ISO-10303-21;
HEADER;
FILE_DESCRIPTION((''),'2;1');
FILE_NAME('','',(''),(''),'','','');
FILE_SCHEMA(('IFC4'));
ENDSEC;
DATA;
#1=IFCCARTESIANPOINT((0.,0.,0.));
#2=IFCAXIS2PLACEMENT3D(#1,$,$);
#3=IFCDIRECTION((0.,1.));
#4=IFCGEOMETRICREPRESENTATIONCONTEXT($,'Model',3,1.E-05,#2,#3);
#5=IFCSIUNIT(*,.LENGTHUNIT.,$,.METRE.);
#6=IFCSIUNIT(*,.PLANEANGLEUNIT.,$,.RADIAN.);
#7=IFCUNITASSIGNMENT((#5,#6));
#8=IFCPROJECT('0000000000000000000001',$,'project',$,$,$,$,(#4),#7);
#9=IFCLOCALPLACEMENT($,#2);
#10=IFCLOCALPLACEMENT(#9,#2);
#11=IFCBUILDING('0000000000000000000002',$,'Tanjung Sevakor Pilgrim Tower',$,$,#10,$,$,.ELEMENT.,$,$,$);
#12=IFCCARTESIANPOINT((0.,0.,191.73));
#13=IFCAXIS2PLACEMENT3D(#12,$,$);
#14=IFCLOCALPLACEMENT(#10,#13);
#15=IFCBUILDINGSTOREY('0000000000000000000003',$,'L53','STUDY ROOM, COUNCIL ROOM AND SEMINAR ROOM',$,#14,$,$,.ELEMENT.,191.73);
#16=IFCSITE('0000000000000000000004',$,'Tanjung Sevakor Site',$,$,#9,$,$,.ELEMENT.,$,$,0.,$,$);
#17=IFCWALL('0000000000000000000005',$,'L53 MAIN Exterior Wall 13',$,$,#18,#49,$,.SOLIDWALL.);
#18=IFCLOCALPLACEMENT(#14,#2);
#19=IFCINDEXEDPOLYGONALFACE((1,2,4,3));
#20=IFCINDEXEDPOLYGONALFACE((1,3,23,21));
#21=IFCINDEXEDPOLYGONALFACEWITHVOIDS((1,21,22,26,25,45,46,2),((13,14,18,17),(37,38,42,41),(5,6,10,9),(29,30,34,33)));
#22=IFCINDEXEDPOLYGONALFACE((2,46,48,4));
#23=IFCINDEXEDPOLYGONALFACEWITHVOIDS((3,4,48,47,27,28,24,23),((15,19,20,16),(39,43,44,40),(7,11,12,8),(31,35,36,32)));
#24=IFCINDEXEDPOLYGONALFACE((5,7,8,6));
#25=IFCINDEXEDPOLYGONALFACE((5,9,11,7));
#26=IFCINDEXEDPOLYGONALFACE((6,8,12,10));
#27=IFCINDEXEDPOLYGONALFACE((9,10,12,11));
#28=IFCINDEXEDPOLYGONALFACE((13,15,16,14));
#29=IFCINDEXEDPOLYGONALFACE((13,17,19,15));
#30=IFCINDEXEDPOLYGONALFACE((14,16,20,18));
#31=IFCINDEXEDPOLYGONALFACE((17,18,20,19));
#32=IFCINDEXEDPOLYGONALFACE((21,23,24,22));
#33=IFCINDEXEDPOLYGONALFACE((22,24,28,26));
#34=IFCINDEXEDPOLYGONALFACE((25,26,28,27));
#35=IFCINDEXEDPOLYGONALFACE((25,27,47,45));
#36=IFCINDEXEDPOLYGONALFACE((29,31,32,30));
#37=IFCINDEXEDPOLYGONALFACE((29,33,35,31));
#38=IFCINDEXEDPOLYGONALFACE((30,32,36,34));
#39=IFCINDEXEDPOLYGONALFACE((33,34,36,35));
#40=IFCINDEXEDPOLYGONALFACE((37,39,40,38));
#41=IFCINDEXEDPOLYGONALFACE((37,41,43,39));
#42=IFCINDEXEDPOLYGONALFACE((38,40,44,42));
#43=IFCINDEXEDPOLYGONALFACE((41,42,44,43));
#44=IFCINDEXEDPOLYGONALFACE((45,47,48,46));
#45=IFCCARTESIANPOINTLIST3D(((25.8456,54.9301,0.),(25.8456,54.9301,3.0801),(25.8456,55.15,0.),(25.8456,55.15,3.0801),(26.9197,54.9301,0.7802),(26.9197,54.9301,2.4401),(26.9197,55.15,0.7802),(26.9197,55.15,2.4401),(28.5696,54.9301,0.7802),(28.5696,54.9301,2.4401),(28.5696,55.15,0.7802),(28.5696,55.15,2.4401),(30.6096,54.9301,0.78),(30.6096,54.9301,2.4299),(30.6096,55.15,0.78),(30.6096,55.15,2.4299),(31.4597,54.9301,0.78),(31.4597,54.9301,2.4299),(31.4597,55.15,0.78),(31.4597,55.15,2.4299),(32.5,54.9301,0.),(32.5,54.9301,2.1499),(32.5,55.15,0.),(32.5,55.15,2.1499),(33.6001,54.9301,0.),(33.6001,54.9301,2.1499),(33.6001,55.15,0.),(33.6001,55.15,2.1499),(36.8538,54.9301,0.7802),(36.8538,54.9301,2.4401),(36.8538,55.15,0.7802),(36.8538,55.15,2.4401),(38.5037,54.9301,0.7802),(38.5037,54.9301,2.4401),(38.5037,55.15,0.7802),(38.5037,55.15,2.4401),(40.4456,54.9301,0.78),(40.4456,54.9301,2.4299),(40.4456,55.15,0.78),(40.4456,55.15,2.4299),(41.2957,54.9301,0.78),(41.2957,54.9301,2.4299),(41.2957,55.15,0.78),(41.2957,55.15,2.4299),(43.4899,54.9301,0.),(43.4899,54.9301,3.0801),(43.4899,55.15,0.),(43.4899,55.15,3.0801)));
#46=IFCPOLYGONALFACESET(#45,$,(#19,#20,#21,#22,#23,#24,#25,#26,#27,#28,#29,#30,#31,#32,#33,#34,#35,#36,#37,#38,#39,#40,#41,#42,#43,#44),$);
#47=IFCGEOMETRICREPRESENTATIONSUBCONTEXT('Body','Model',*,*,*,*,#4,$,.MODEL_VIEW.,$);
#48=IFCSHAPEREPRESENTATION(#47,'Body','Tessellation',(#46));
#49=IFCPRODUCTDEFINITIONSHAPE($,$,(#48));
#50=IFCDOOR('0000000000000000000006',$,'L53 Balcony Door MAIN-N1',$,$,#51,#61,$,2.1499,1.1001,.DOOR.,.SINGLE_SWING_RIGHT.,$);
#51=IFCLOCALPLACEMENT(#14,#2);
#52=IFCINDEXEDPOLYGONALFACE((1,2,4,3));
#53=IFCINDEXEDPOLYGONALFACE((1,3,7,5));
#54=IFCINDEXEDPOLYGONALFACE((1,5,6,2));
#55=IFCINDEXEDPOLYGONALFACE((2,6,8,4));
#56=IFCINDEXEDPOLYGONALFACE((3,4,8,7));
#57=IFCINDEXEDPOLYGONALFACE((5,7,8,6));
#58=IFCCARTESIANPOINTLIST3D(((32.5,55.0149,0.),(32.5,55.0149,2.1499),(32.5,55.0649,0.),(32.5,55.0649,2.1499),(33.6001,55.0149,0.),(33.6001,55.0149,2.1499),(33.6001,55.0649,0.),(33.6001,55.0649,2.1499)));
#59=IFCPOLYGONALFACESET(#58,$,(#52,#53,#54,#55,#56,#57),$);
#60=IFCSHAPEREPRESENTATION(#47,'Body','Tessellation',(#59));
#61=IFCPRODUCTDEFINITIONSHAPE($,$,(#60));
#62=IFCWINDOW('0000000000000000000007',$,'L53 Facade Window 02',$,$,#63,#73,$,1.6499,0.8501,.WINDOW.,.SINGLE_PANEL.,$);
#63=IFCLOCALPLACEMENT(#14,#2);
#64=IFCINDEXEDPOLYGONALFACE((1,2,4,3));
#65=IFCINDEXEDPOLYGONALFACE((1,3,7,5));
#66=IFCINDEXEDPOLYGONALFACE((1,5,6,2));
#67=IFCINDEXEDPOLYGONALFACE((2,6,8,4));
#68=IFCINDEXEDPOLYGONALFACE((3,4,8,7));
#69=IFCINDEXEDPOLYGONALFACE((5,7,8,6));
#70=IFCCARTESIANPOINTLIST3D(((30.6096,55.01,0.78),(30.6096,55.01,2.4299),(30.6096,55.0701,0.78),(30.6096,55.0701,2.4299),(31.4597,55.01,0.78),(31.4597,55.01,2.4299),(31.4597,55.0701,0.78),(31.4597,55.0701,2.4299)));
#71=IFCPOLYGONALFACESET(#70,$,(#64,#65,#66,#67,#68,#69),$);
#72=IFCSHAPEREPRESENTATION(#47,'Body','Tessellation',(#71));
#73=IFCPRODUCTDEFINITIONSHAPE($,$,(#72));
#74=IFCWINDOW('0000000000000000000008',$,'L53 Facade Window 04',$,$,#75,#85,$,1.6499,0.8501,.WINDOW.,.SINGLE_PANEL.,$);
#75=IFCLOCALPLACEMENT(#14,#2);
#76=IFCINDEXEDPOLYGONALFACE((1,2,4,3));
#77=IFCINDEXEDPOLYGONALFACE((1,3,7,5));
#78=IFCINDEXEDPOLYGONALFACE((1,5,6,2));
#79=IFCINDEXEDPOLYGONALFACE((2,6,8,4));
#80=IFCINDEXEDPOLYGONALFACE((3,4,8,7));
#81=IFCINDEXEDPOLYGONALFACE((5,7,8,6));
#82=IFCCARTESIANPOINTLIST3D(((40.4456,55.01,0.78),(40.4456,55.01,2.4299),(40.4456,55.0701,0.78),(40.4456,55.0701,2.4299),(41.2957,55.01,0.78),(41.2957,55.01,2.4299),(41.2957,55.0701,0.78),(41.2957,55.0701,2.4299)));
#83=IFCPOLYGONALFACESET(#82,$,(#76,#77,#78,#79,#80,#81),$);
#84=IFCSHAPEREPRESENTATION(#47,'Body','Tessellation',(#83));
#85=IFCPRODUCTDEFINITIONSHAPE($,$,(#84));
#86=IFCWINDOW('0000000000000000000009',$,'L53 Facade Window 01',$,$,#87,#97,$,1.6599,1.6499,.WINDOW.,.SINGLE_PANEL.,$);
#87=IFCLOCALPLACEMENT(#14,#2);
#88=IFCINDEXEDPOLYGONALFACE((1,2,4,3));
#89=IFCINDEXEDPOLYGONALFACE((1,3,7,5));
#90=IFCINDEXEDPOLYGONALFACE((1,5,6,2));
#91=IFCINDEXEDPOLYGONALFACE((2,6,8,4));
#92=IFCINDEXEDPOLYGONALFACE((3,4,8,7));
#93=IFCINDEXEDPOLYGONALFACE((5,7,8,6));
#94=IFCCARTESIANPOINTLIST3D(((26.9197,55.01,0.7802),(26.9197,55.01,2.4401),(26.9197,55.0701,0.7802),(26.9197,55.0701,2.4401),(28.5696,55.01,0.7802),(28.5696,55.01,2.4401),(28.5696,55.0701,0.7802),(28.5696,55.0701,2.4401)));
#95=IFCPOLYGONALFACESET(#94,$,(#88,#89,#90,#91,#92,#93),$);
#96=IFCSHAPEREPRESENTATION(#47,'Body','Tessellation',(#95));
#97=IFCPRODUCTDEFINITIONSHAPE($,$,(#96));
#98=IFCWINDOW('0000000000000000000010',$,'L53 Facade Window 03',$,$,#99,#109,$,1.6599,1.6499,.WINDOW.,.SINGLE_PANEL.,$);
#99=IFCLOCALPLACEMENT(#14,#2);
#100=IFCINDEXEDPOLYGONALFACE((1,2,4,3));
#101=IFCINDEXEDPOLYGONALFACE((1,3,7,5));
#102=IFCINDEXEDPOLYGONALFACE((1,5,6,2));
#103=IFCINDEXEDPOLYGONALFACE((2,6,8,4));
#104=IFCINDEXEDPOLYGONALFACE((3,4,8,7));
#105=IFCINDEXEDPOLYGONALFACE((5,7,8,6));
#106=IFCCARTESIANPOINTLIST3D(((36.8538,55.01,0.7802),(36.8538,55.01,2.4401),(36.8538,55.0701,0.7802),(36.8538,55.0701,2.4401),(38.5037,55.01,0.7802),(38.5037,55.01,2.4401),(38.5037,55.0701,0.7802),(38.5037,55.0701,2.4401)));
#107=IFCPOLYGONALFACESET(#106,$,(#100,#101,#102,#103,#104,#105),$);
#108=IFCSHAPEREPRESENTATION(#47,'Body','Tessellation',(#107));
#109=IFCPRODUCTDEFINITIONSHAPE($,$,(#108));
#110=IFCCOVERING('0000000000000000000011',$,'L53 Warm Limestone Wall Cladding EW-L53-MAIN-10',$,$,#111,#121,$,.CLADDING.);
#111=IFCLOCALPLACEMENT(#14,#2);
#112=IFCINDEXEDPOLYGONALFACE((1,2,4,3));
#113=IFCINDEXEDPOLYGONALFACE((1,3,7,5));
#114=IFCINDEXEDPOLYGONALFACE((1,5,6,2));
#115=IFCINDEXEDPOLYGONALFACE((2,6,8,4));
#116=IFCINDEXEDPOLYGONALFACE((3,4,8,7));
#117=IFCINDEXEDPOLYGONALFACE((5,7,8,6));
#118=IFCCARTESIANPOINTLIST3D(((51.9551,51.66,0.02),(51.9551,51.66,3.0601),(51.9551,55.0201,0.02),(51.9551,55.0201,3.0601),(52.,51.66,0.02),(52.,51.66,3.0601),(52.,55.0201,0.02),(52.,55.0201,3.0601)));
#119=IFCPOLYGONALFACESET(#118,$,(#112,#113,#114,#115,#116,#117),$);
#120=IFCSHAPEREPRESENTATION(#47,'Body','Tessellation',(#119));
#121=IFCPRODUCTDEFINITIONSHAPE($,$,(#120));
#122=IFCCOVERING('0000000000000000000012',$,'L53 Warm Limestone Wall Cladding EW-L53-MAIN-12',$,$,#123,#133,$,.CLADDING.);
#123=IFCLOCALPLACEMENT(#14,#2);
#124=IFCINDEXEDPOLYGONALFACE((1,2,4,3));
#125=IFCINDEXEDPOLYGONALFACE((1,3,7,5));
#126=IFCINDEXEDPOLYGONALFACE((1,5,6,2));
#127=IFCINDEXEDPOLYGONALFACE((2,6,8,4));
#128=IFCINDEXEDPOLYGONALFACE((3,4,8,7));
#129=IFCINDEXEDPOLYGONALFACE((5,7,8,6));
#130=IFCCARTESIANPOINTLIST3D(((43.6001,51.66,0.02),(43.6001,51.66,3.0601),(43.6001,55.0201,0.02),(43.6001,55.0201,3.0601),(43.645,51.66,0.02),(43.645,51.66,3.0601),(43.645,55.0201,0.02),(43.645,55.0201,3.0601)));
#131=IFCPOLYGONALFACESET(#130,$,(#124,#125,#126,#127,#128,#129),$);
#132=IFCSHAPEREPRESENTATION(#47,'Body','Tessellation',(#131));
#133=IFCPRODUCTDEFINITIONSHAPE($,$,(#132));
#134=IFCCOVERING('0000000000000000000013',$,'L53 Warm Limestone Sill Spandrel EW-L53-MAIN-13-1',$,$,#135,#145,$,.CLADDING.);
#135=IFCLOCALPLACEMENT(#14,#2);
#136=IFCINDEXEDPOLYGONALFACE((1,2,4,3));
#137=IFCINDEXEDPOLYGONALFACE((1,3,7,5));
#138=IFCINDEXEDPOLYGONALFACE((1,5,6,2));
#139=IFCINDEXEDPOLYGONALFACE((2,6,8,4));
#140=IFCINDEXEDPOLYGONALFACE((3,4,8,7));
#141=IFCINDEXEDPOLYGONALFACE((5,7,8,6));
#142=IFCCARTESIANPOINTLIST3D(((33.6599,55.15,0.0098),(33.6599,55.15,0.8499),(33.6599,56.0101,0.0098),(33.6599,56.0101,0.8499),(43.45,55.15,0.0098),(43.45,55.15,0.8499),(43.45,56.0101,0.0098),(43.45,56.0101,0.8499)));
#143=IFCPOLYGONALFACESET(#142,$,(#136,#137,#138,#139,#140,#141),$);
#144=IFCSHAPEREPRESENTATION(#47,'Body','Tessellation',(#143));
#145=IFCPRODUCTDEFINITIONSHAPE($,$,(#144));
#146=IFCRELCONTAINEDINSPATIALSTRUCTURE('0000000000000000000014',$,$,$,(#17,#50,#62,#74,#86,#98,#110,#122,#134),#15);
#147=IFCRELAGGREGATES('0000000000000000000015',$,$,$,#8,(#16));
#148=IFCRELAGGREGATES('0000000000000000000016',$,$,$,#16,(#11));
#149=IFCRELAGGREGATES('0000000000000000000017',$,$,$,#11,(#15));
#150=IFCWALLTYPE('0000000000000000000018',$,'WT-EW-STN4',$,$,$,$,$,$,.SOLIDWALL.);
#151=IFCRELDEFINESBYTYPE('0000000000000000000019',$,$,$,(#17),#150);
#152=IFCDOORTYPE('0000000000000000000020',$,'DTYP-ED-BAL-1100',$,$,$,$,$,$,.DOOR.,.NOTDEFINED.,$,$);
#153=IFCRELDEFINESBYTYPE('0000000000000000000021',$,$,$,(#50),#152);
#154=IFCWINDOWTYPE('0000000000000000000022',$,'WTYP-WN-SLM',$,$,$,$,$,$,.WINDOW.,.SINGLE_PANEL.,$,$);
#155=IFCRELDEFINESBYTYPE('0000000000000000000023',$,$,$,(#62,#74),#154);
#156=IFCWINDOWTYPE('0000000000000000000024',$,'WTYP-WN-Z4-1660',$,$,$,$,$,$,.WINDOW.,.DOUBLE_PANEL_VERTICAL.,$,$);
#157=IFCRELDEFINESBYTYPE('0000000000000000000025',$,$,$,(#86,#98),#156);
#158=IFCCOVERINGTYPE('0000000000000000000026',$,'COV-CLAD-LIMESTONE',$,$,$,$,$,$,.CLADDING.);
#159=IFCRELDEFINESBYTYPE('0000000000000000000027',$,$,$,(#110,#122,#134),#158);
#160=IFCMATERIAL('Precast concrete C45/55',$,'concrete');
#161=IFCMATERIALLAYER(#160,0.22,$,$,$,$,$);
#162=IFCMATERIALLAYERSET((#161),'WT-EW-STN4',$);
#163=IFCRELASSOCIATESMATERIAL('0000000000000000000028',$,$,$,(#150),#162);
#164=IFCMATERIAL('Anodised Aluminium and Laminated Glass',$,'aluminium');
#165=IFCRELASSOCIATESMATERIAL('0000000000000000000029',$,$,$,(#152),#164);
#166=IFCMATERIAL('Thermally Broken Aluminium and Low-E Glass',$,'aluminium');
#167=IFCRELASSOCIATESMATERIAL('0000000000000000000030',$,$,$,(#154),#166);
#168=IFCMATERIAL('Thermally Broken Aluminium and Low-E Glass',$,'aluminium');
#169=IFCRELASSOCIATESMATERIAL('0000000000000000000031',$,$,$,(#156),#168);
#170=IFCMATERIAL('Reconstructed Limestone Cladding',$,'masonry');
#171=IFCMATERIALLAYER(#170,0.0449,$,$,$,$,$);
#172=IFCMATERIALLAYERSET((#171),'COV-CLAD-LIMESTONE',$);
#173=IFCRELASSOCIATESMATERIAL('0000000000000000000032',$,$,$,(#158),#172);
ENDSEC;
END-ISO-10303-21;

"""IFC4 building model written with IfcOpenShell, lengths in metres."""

from ifc_helpers import new_model, si_unit, direction, frame, frame_2d, origin, origin_2d, place, context, subcontext, project, spatial, rectangle, extrude, material, layer, layer_set, type_object, element, fill, save


model = new_model("IFC4")

# Units and contexts
model_context = context("Model", 3, precision=1e-05, world=origin(), true_north=direction((0.0, 1.0)))
body_context = subcontext(model_context, "Body", "Model", "MODEL_VIEW")
ifc_project = project(units=[si_unit("LENGTHUNIT", "METRE"), si_unit("PLANEANGLEUNIT", "RADIAN")], contexts=[model_context])

# Site, building, storey
site_placement = place(None, origin())
site = spatial("IfcSite", under=ifc_project, at=site_placement, Name="Tanjung Sevakor Site", CompositionType="ELEMENT", RefElevation=0.0)
building_placement = place(site_placement, origin())
building = spatial("IfcBuilding", under=site, at=building_placement, Name="Tanjung Sevakor Pilgrim Tower", CompositionType="ELEMENT")
storey_placement = place(building_placement, frame((0.0, 0.0, 191.73)))
storey = spatial("IfcBuildingStorey", under=building, at=storey_placement, Name="L53", Description="STUDY ROOM, COUNCIL ROOM AND SEMINAR ROOM", CompositionType="ELEMENT", Elevation=191.73)

# Shared definitions
ifc_material_1 = material(Name="Precast concrete C45/55", Category="concrete")
ifc_layer_1 = layer(ifc_material_1, 0.22)
ifc_layer_set_1 = layer_set([ifc_layer_1], Name="WT-EW-STN4")
wall_type_1 = type_object("IfcWallType", Name="WT-EW-STN4", PredefinedType="SOLIDWALL", material=ifc_layer_set_1)

# Wall, openings, door, windows
wall_1_placement = place(storey_placement, frame((43.49, 55.04, 0.0), z_axis=(0.0, 0.0, 1.0), x_axis=(-1.0, 0.0, 0.0)))
wall_1 = element("IfcWall", 1, at=wall_1_placement, inside=storey, type_object=wall_type_1, Name="L53 MAIN Exterior Wall 13", PredefinedType="SOLIDWALL", context=body_context, shape_type="SweptSolid", body=[
    extrude(rectangle(XDim=17.6443, YDim=0.22, at=frame_2d((8.8223, 0.0))), origin(), (0.0, 0.0, 1.0), 3.0801),
])
opening_1_placement = place(wall_1_placement, frame((9.8899, 0.0, 0.0)))
opening_1 = element("IfcOpeningElement", 2, at=opening_1_placement, cuts=wall_1, PredefinedType="OPENING", context=body_context, shape_type="SweptSolid", body=[
    extrude(rectangle(XDim=1.1001, YDim=2.1499, at=frame_2d((0.55, 1.075))), frame((0.0, 0.1199, 0.0), z_axis=(0.0, -1.0, 0.0), x_axis=(1.0, 0.0, 0.0)), (0.0, 0.0, 1.0), 0.24),
])
opening_2_placement = place(wall_1_placement, frame((14.9204, 0.0, 0.78)))
opening_2 = element("IfcOpeningElement", 3, at=opening_2_placement, cuts=wall_1, PredefinedType="OPENING", context=body_context, shape_type="SweptSolid", body=[
    extrude(rectangle(XDim=1.6499, YDim=1.6599, at=frame_2d((0.825, 0.8301))), frame((0.0, 0.1199, 0.0), z_axis=(0.0, -1.0, 0.0), x_axis=(1.0, 0.0, 0.0)), (0.0, 0.0, 1.0), 0.24),
])
opening_3_placement = place(wall_1_placement, frame((12.0303, 0.0, 0.78)))
opening_3 = element("IfcOpeningElement", 4, at=opening_3_placement, cuts=wall_1, PredefinedType="OPENING", context=body_context, shape_type="SweptSolid", body=[
    extrude(rectangle(XDim=0.8501, YDim=1.6499, at=frame_2d((0.425, 0.825))), frame((0.0, 0.1199, 0.0), z_axis=(0.0, -1.0, 0.0), x_axis=(1.0, 0.0, 0.0)), (0.0, 0.0, 1.0), 0.24),
])
opening_4_placement = place(wall_1_placement, frame((4.9863, 0.0, 0.78)))
opening_4 = element("IfcOpeningElement", 5, at=opening_4_placement, cuts=wall_1, PredefinedType="OPENING", context=body_context, shape_type="SweptSolid", body=[
    extrude(rectangle(XDim=1.6499, YDim=1.6599, at=frame_2d((0.825, 0.8301))), frame((0.0, 0.1199, 0.0), z_axis=(0.0, -1.0, 0.0), x_axis=(1.0, 0.0, 0.0)), (0.0, 0.0, 1.0), 0.24),
])
opening_5_placement = place(wall_1_placement, frame((2.1943, 0.0, 0.78)))
opening_5 = element("IfcOpeningElement", 6, at=opening_5_placement, cuts=wall_1, PredefinedType="OPENING", context=body_context, shape_type="SweptSolid", body=[
    extrude(rectangle(XDim=0.8501, YDim=1.6499, at=frame_2d((0.425, 0.825))), frame((0.0, 0.1199, 0.0), z_axis=(0.0, -1.0, 0.0), x_axis=(1.0, 0.0, 0.0)), (0.0, 0.0, 1.0), 0.24),
])
ifc_material_2 = material(Name="Anodised Aluminium and Laminated Glass", Category="aluminium")
door_type_1 = type_object("IfcDoorType", Name="DTYP-ED-BAL-1100", OperationType="NOTDEFINED", PredefinedType="DOOR", material=ifc_material_2)
door_1_placement = place(opening_1_placement, frame((1.1001, 0.0, 0.0), z_axis=(0.0, 0.0, 1.0), x_axis=(-1.0, 0.0, 0.0)))
door_1 = element("IfcDoor", 7, at=door_1_placement, inside=storey, type_object=door_type_1, Name="L53 Balcony Door MAIN-N1", OperationType="SINGLE_SWING_RIGHT", OverallHeight=2.1499, OverallWidth=1.1001, PredefinedType="DOOR", context=body_context, shape_type="SweptSolid", body=[
    extrude(rectangle(XDim=1.1001, YDim=2.1499, at=frame_2d((0.55, 1.075))), frame((0.0, 0.0249, 0.0), z_axis=(0.0, -1.0, 0.0), x_axis=(1.0, 0.0, 0.0)), (0.0, 0.0, 1.0), 0.05),
])
fill(opening_1, door_1)
ifc_material_3 = material(Name="Thermally Broken Aluminium and Low-E Glass", Category="aluminium")
window_type_1 = type_object("IfcWindowType", Name="WTYP-WN-SLM", PartitioningType="SINGLE_PANEL", PredefinedType="WINDOW", material=ifc_material_3)
window_1_placement = place(opening_3_placement, origin())
window_1 = element("IfcWindow", 8, at=window_1_placement, inside=storey, type_object=window_type_1, Name="L53 Facade Window 02", OverallHeight=1.6499, OverallWidth=0.8501, PartitioningType="SINGLE_PANEL", PredefinedType="WINDOW", context=body_context, shape_type="SweptSolid", body=[
    extrude(rectangle(XDim=0.8501, YDim=1.6499, at=frame_2d((0.425, 0.825))), frame((0.0, 0.03, 0.0), z_axis=(0.0, -1.0, 0.0), x_axis=(1.0, 0.0, 0.0)), (0.0, 0.0, 1.0), 0.0601),
])
fill(opening_3, window_1)
window_2_placement = place(opening_5_placement, origin())
window_2 = element("IfcWindow", 9, at=window_2_placement, inside=storey, type_object=window_type_1, Name="L53 Facade Window 04", OverallHeight=1.6499, OverallWidth=0.8501, PartitioningType="SINGLE_PANEL", PredefinedType="WINDOW", context=body_context, shape_type="SweptSolid", body=[
    extrude(rectangle(XDim=0.8501, YDim=1.6499, at=frame_2d((0.425, 0.825))), frame((0.0, 0.03, 0.0), z_axis=(0.0, -1.0, 0.0), x_axis=(1.0, 0.0, 0.0)), (0.0, 0.0, 1.0), 0.0601),
])
fill(opening_5, window_2)
ifc_material_4 = material(Name="Thermally Broken Aluminium and Low-E Glass", Category="aluminium")
window_type_2 = type_object("IfcWindowType", Name="WTYP-WN-Z4-1660", PartitioningType="DOUBLE_PANEL_VERTICAL", PredefinedType="WINDOW", material=ifc_material_4)
window_3_placement = place(opening_2_placement, origin())
window_3 = element("IfcWindow", 10, at=window_3_placement, inside=storey, type_object=window_type_2, Name="L53 Facade Window 01", OverallHeight=1.6599, OverallWidth=1.6499, PartitioningType="SINGLE_PANEL", PredefinedType="WINDOW", context=body_context, shape_type="SweptSolid", body=[
    extrude(rectangle(XDim=1.6499, YDim=1.6599, at=frame_2d((0.825, 0.8301))), frame((0.0, 0.03, 0.0), z_axis=(0.0, -1.0, 0.0), x_axis=(1.0, 0.0, 0.0)), (0.0, 0.0, 1.0), 0.0601),
])
fill(opening_2, window_3)
window_4_placement = place(opening_4_placement, origin())
window_4 = element("IfcWindow", 11, at=window_4_placement, inside=storey, type_object=window_type_2, Name="L53 Facade Window 03", OverallHeight=1.6599, OverallWidth=1.6499, PartitioningType="SINGLE_PANEL", PredefinedType="WINDOW", context=body_context, shape_type="SweptSolid", body=[
    extrude(rectangle(XDim=1.6499, YDim=1.6599, at=frame_2d((0.825, 0.8301))), frame((0.0, 0.03, 0.0), z_axis=(0.0, -1.0, 0.0), x_axis=(1.0, 0.0, 0.0)), (0.0, 0.0, 1.0), 0.0601),
])
fill(opening_4, window_4)

# Coverings
ifc_material_5 = material(Name="Reconstructed Limestone Cladding", Category="masonry")
ifc_layer_2 = layer(ifc_material_5, 0.0449)
ifc_layer_set_2 = layer_set([ifc_layer_2], Name="COV-CLAD-LIMESTONE")
covering_type = type_object("IfcCoveringType", Name="COV-CLAD-LIMESTONE", PredefinedType="CLADDING", material=ifc_layer_set_2)
for number, where, z_axis, x_axis, name in (
    (12, (51.9775, 53.3401, 0.02), (0.0, 0.0, 1.0), (0.0, -1.0, 0.0), "L53 Warm Limestone Wall Cladding EW-L53-MAIN-10"),
    (13, (43.6226, 53.3401, 0.02), (0.0, 0.0, 1.0), (0.0, 1.0, 0.0), "L53 Warm Limestone Wall Cladding EW-L53-MAIN-12"),
):
    element("IfcCovering", number, at=place(storey_placement, frame(where, z_axis=z_axis, x_axis=x_axis)), inside=storey, type_object=covering_type, Name=name, PredefinedType="CLADDING", context=body_context, shape_type="SweptSolid", body=[
        extrude(rectangle(XDim=3.3601, YDim=0.0449, at=origin_2d()), origin(), (0.0, 0.0, 1.0), 3.04),
    ])
covering_placement = place(storey_placement, frame((38.5549, 55.5801, 0.0098), z_axis=(0.0, 0.0, 1.0), x_axis=(-1.0, 0.0, 0.0)))
element("IfcCovering", 14, at=covering_placement, inside=storey, type_object=covering_type, Name="L53 Warm Limestone Sill Spandrel EW-L53-MAIN-13-1", PredefinedType="CLADDING", context=body_context, shape_type="SweptSolid", body=[
    extrude(rectangle(XDim=9.79, YDim=0.8601, at=origin_2d()), origin(), (0.0, 0.0, 1.0), 0.8401),
])

save(model, "model.ifc")
